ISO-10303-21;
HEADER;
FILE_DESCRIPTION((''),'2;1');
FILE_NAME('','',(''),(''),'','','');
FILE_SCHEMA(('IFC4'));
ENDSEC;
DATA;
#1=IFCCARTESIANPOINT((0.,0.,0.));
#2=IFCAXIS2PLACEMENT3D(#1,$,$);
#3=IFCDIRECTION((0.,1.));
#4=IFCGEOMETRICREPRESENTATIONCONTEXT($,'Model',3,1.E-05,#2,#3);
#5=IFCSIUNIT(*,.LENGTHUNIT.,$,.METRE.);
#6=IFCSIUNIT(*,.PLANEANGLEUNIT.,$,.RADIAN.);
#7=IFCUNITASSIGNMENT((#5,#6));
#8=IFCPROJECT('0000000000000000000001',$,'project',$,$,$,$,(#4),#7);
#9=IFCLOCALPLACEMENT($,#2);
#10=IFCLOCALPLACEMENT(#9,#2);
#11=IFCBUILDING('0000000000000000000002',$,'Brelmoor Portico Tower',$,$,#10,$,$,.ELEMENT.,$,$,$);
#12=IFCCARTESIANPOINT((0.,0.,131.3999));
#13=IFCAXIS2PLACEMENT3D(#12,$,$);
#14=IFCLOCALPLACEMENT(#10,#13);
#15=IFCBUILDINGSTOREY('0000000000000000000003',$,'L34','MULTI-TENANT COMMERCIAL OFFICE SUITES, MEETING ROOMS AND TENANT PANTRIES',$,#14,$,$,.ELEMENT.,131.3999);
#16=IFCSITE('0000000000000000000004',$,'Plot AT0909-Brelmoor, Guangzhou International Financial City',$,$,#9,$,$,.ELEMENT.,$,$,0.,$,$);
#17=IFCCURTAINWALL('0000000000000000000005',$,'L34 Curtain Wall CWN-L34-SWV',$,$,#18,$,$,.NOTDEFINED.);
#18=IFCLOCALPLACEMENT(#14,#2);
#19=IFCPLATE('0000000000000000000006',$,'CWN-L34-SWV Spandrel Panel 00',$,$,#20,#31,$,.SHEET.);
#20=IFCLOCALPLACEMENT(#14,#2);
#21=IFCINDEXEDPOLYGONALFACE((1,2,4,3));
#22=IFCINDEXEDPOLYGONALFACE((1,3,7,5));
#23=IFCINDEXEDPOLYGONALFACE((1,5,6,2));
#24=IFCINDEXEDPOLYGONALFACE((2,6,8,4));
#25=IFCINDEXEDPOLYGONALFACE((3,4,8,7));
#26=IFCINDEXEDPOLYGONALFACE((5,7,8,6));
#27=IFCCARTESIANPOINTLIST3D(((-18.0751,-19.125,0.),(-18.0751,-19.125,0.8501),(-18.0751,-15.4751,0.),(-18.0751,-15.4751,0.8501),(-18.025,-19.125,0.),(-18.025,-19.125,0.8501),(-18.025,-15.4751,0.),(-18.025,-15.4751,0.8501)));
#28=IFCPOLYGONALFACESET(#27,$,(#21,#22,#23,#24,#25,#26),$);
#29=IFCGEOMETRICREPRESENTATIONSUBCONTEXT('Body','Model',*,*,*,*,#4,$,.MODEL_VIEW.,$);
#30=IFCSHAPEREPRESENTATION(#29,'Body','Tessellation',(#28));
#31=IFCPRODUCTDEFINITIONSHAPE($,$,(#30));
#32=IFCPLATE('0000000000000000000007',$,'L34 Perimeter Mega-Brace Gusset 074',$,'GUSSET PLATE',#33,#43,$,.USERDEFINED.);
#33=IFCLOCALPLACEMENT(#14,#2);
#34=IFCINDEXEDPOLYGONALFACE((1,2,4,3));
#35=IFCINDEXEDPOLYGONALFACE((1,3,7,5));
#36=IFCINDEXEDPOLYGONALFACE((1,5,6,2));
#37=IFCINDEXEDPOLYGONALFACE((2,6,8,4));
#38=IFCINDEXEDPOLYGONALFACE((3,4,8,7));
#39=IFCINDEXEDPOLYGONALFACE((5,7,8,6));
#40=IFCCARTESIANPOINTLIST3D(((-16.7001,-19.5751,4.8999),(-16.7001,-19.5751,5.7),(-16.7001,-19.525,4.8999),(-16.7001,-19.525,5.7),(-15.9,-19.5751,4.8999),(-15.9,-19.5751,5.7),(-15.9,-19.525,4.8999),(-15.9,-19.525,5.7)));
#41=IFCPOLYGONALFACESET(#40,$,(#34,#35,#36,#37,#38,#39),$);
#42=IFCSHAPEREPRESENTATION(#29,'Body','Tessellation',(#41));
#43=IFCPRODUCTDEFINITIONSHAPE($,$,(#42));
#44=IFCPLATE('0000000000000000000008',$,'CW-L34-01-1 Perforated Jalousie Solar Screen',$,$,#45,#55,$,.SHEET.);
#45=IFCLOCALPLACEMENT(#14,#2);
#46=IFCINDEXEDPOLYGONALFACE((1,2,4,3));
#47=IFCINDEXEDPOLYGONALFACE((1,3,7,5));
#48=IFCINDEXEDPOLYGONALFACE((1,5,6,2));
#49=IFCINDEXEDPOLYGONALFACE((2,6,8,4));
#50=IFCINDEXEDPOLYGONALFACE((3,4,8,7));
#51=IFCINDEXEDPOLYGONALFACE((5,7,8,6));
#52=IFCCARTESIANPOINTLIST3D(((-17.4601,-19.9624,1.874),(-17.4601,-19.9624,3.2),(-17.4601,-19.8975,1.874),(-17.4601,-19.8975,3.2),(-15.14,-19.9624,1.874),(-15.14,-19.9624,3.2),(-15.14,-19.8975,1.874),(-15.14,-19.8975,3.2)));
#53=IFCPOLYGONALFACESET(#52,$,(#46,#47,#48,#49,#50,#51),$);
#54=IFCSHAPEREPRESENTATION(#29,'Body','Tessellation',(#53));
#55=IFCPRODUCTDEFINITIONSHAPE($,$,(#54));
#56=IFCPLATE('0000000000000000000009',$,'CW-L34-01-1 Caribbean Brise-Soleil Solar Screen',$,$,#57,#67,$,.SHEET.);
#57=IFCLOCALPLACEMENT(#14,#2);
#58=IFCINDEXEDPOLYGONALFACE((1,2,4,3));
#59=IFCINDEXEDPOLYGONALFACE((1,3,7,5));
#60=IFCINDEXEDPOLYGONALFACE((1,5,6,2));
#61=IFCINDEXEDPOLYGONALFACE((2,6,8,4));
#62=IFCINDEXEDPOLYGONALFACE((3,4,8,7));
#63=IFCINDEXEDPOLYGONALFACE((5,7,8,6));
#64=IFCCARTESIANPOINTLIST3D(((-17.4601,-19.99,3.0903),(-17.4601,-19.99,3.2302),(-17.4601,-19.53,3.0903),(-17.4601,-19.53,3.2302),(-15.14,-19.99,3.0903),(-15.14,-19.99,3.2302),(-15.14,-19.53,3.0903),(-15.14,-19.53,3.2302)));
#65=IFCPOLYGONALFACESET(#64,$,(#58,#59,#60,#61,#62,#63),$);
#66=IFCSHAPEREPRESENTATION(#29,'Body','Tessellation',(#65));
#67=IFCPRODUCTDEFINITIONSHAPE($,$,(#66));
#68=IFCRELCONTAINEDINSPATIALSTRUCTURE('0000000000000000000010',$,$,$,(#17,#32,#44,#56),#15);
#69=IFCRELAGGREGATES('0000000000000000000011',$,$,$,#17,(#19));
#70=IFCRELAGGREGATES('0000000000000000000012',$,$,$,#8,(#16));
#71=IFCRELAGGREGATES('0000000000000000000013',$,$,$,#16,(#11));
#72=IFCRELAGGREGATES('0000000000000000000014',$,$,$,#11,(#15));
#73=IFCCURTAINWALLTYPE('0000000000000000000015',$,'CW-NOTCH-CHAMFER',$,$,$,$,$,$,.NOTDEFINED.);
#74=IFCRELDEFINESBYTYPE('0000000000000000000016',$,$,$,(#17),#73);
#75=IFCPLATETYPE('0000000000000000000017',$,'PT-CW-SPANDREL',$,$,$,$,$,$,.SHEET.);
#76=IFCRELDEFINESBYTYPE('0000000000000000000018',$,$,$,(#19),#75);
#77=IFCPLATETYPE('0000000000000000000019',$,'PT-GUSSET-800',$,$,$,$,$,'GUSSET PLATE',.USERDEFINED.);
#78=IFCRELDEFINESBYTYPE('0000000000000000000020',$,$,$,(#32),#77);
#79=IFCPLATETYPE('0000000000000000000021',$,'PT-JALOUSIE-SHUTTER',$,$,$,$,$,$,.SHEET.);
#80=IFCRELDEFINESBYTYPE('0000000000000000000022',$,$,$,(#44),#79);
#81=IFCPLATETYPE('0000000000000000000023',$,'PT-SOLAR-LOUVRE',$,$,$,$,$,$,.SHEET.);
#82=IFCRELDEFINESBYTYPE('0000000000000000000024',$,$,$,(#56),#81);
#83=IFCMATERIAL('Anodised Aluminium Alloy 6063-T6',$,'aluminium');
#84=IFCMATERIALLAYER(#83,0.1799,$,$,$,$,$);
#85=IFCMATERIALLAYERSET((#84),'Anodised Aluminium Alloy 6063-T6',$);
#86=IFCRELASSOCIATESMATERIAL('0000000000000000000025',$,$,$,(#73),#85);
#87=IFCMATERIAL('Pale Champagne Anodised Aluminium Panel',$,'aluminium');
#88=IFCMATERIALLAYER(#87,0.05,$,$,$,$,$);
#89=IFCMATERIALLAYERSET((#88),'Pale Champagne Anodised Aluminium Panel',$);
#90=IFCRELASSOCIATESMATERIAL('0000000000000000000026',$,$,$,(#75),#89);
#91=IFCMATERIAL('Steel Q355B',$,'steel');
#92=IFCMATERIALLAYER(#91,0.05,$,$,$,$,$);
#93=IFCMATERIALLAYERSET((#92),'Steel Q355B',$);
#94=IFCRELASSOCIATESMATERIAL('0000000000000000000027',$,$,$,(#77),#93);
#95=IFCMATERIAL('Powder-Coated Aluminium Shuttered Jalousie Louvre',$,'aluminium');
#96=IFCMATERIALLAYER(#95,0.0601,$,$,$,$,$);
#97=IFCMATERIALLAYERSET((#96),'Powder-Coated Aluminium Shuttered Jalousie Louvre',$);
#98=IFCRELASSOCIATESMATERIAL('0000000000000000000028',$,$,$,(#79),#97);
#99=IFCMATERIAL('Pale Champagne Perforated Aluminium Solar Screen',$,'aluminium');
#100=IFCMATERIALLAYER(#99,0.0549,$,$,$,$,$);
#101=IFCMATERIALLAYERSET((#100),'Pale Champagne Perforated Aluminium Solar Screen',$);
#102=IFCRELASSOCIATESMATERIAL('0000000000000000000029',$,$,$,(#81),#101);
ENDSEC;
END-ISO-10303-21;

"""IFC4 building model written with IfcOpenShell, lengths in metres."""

from ifc_helpers import new_model, si_unit, direction, frame, origin, origin_2d, place, context, subcontext, project, spatial, rectangle, extrude, material, layer, layer_set, type_object, element, aggregate, save


model = new_model("IFC4")

# Units and contexts
model_context = context("Model", 3, precision=1e-05, world=origin(), true_north=direction((0.0, 1.0)))
body_context = subcontext(model_context, "Body", "Model", "MODEL_VIEW")
ifc_project = project(units=[si_unit("LENGTHUNIT", "METRE"), si_unit("PLANEANGLEUNIT", "RADIAN")], contexts=[model_context])

# Site, building, storey
site_placement = place(None, origin())
site = spatial("IfcSite", under=ifc_project, at=site_placement, Name="Plot AT0909-Brelmoor, Guangzhou International Financial City", CompositionType="ELEMENT", RefElevation=0.0)
building_placement = place(site_placement, origin())
building = spatial("IfcBuilding", under=site, at=building_placement, Name="Brelmoor Portico Tower", CompositionType="ELEMENT")
storey_placement = place(building_placement, frame((0.0, 0.0, 131.3999)))
storey = spatial("IfcBuildingStorey", under=building, at=storey_placement, Name="L34", Description="MULTI-TENANT COMMERCIAL OFFICE SUITES, MEETING ROOMS AND TENANT PANTRIES", CompositionType="ELEMENT", Elevation=131.3999)

# Shared definitions
ifc_material_1 = material(Name="Steel Q355B", Category="steel")

# Shared definitions
ifc_material_2 = material(Name="Anodised Aluminium Alloy 6063-T6", Category="aluminium")
ifc_layer_1 = layer(ifc_material_2, 0.1799)
ifc_layer_set_1 = layer_set([ifc_layer_1], Name="Anodised Aluminium Alloy 6063-T6")
curtain_wall_type_1 = type_object("IfcCurtainWallType", Name="CW-NOTCH-CHAMFER", PredefinedType="NOTDEFINED", material=ifc_layer_set_1)

# Curtain wall
curtain_wall_1_placement = place(storey_placement, origin())
curtain_wall_1 = element("IfcCurtainWall", 1, at=curtain_wall_1_placement, inside=storey, type_object=curtain_wall_type_1, Name="L34 Curtain Wall CWN-L34-SWV", PredefinedType="NOTDEFINED")

# Plate
ifc_material_3 = material(Name="Pale Champagne Anodised Aluminium Panel", Category="aluminium")
ifc_layer_2 = layer(ifc_material_3, 0.05)
ifc_layer_set_2 = layer_set([ifc_layer_2], Name="Pale Champagne Anodised Aluminium Panel")
plate_type_1 = type_object("IfcPlateType", Name="PT-CW-SPANDREL", PredefinedType="SHEET", material=ifc_layer_set_2)
plate_1_placement = place(storey_placement, frame((-18.05, -17.3, 0.0), z_axis=(0.0, 0.0, 1.0), x_axis=(0.0, 1.0, 0.0)))
plate_1 = element("IfcPlate", 2, at=plate_1_placement, type_object=plate_type_1, Name="CWN-L34-SWV Spandrel Panel 00", PredefinedType="SHEET", context=body_context, shape_type="SweptSolid", body=[
    extrude(rectangle(XDim=3.6499, YDim=0.05, at=origin_2d()), origin(), (0.0, 0.0, 1.0), 0.8501),
])
aggregate(curtain_wall_1, [plate_1])

# Plates
ifc_layer_3 = layer(ifc_material_1, 0.05)
ifc_layer_set_3 = layer_set([ifc_layer_3], Name="Steel Q355B")
plate_type_2 = type_object("IfcPlateType", Name="PT-GUSSET-800", ElementType="GUSSET PLATE", PredefinedType="USERDEFINED", material=ifc_layer_set_3)
plate_2_placement = place(storey_placement, frame((-16.3, -19.55, 4.8999), z_axis=(0.0, 0.0, 1.0), x_axis=(1.0, 0.0, 0.0)))
element("IfcPlate", 3, at=plate_2_placement, inside=storey, type_object=plate_type_2, Name="L34 Perimeter Mega-Brace Gusset 074", ObjectType="GUSSET PLATE", PredefinedType="USERDEFINED", context=body_context, shape_type="SweptSolid", body=[
    extrude(rectangle(XDim=0.8, YDim=0.05, at=origin_2d()), origin(), (0.0, 0.0, 1.0), 0.8),
])
ifc_material_4 = material(Name="Powder-Coated Aluminium Shuttered Jalousie Louvre", Category="aluminium")
ifc_layer_4 = layer(ifc_material_4, 0.0601)
ifc_layer_set_4 = layer_set([ifc_layer_4], Name="Powder-Coated Aluminium Shuttered Jalousie Louvre")
plate_type_3 = type_object("IfcPlateType", Name="PT-JALOUSIE-SHUTTER", PredefinedType="SHEET", material=ifc_layer_set_4)
plate_3_placement = place(storey_placement, frame((-16.3, -19.9299, 1.874), z_axis=(0.0, 0.0, 1.0), x_axis=(1.0, 0.0, 0.0)))
element("IfcPlate", 4, at=plate_3_placement, inside=storey, type_object=plate_type_3, Name="CW-L34-01-1 Perforated Jalousie Solar Screen", PredefinedType="SHEET", context=body_context, shape_type="SweptSolid", body=[
    extrude(rectangle(XDim=2.3201, YDim=0.0649, at=origin_2d()), origin(), (0.0, 0.0, 1.0), 1.3259),
])
ifc_material_5 = material(Name="Pale Champagne Perforated Aluminium Solar Screen", Category="aluminium")
ifc_layer_5 = layer(ifc_material_5, 0.0549)
ifc_layer_set_5 = layer_set([ifc_layer_5], Name="Pale Champagne Perforated Aluminium Solar Screen")
plate_type_4 = type_object("IfcPlateType", Name="PT-SOLAR-LOUVRE", PredefinedType="SHEET", material=ifc_layer_set_5)
plate_4_placement = place(storey_placement, frame((-16.3, -19.76, 3.0903), z_axis=(0.0, 0.0, 1.0), x_axis=(1.0, 0.0, 0.0)))
element("IfcPlate", 5, at=plate_4_placement, inside=storey, type_object=plate_type_4, Name="CW-L34-01-1 Caribbean Brise-Soleil Solar Screen", PredefinedType="SHEET", context=body_context, shape_type="SweptSolid", body=[
    extrude(rectangle(XDim=2.3201, YDim=0.46, at=origin_2d()), origin(), (0.0, 0.0, 1.0), 0.1399),
])

save(model, "model.ifc")
